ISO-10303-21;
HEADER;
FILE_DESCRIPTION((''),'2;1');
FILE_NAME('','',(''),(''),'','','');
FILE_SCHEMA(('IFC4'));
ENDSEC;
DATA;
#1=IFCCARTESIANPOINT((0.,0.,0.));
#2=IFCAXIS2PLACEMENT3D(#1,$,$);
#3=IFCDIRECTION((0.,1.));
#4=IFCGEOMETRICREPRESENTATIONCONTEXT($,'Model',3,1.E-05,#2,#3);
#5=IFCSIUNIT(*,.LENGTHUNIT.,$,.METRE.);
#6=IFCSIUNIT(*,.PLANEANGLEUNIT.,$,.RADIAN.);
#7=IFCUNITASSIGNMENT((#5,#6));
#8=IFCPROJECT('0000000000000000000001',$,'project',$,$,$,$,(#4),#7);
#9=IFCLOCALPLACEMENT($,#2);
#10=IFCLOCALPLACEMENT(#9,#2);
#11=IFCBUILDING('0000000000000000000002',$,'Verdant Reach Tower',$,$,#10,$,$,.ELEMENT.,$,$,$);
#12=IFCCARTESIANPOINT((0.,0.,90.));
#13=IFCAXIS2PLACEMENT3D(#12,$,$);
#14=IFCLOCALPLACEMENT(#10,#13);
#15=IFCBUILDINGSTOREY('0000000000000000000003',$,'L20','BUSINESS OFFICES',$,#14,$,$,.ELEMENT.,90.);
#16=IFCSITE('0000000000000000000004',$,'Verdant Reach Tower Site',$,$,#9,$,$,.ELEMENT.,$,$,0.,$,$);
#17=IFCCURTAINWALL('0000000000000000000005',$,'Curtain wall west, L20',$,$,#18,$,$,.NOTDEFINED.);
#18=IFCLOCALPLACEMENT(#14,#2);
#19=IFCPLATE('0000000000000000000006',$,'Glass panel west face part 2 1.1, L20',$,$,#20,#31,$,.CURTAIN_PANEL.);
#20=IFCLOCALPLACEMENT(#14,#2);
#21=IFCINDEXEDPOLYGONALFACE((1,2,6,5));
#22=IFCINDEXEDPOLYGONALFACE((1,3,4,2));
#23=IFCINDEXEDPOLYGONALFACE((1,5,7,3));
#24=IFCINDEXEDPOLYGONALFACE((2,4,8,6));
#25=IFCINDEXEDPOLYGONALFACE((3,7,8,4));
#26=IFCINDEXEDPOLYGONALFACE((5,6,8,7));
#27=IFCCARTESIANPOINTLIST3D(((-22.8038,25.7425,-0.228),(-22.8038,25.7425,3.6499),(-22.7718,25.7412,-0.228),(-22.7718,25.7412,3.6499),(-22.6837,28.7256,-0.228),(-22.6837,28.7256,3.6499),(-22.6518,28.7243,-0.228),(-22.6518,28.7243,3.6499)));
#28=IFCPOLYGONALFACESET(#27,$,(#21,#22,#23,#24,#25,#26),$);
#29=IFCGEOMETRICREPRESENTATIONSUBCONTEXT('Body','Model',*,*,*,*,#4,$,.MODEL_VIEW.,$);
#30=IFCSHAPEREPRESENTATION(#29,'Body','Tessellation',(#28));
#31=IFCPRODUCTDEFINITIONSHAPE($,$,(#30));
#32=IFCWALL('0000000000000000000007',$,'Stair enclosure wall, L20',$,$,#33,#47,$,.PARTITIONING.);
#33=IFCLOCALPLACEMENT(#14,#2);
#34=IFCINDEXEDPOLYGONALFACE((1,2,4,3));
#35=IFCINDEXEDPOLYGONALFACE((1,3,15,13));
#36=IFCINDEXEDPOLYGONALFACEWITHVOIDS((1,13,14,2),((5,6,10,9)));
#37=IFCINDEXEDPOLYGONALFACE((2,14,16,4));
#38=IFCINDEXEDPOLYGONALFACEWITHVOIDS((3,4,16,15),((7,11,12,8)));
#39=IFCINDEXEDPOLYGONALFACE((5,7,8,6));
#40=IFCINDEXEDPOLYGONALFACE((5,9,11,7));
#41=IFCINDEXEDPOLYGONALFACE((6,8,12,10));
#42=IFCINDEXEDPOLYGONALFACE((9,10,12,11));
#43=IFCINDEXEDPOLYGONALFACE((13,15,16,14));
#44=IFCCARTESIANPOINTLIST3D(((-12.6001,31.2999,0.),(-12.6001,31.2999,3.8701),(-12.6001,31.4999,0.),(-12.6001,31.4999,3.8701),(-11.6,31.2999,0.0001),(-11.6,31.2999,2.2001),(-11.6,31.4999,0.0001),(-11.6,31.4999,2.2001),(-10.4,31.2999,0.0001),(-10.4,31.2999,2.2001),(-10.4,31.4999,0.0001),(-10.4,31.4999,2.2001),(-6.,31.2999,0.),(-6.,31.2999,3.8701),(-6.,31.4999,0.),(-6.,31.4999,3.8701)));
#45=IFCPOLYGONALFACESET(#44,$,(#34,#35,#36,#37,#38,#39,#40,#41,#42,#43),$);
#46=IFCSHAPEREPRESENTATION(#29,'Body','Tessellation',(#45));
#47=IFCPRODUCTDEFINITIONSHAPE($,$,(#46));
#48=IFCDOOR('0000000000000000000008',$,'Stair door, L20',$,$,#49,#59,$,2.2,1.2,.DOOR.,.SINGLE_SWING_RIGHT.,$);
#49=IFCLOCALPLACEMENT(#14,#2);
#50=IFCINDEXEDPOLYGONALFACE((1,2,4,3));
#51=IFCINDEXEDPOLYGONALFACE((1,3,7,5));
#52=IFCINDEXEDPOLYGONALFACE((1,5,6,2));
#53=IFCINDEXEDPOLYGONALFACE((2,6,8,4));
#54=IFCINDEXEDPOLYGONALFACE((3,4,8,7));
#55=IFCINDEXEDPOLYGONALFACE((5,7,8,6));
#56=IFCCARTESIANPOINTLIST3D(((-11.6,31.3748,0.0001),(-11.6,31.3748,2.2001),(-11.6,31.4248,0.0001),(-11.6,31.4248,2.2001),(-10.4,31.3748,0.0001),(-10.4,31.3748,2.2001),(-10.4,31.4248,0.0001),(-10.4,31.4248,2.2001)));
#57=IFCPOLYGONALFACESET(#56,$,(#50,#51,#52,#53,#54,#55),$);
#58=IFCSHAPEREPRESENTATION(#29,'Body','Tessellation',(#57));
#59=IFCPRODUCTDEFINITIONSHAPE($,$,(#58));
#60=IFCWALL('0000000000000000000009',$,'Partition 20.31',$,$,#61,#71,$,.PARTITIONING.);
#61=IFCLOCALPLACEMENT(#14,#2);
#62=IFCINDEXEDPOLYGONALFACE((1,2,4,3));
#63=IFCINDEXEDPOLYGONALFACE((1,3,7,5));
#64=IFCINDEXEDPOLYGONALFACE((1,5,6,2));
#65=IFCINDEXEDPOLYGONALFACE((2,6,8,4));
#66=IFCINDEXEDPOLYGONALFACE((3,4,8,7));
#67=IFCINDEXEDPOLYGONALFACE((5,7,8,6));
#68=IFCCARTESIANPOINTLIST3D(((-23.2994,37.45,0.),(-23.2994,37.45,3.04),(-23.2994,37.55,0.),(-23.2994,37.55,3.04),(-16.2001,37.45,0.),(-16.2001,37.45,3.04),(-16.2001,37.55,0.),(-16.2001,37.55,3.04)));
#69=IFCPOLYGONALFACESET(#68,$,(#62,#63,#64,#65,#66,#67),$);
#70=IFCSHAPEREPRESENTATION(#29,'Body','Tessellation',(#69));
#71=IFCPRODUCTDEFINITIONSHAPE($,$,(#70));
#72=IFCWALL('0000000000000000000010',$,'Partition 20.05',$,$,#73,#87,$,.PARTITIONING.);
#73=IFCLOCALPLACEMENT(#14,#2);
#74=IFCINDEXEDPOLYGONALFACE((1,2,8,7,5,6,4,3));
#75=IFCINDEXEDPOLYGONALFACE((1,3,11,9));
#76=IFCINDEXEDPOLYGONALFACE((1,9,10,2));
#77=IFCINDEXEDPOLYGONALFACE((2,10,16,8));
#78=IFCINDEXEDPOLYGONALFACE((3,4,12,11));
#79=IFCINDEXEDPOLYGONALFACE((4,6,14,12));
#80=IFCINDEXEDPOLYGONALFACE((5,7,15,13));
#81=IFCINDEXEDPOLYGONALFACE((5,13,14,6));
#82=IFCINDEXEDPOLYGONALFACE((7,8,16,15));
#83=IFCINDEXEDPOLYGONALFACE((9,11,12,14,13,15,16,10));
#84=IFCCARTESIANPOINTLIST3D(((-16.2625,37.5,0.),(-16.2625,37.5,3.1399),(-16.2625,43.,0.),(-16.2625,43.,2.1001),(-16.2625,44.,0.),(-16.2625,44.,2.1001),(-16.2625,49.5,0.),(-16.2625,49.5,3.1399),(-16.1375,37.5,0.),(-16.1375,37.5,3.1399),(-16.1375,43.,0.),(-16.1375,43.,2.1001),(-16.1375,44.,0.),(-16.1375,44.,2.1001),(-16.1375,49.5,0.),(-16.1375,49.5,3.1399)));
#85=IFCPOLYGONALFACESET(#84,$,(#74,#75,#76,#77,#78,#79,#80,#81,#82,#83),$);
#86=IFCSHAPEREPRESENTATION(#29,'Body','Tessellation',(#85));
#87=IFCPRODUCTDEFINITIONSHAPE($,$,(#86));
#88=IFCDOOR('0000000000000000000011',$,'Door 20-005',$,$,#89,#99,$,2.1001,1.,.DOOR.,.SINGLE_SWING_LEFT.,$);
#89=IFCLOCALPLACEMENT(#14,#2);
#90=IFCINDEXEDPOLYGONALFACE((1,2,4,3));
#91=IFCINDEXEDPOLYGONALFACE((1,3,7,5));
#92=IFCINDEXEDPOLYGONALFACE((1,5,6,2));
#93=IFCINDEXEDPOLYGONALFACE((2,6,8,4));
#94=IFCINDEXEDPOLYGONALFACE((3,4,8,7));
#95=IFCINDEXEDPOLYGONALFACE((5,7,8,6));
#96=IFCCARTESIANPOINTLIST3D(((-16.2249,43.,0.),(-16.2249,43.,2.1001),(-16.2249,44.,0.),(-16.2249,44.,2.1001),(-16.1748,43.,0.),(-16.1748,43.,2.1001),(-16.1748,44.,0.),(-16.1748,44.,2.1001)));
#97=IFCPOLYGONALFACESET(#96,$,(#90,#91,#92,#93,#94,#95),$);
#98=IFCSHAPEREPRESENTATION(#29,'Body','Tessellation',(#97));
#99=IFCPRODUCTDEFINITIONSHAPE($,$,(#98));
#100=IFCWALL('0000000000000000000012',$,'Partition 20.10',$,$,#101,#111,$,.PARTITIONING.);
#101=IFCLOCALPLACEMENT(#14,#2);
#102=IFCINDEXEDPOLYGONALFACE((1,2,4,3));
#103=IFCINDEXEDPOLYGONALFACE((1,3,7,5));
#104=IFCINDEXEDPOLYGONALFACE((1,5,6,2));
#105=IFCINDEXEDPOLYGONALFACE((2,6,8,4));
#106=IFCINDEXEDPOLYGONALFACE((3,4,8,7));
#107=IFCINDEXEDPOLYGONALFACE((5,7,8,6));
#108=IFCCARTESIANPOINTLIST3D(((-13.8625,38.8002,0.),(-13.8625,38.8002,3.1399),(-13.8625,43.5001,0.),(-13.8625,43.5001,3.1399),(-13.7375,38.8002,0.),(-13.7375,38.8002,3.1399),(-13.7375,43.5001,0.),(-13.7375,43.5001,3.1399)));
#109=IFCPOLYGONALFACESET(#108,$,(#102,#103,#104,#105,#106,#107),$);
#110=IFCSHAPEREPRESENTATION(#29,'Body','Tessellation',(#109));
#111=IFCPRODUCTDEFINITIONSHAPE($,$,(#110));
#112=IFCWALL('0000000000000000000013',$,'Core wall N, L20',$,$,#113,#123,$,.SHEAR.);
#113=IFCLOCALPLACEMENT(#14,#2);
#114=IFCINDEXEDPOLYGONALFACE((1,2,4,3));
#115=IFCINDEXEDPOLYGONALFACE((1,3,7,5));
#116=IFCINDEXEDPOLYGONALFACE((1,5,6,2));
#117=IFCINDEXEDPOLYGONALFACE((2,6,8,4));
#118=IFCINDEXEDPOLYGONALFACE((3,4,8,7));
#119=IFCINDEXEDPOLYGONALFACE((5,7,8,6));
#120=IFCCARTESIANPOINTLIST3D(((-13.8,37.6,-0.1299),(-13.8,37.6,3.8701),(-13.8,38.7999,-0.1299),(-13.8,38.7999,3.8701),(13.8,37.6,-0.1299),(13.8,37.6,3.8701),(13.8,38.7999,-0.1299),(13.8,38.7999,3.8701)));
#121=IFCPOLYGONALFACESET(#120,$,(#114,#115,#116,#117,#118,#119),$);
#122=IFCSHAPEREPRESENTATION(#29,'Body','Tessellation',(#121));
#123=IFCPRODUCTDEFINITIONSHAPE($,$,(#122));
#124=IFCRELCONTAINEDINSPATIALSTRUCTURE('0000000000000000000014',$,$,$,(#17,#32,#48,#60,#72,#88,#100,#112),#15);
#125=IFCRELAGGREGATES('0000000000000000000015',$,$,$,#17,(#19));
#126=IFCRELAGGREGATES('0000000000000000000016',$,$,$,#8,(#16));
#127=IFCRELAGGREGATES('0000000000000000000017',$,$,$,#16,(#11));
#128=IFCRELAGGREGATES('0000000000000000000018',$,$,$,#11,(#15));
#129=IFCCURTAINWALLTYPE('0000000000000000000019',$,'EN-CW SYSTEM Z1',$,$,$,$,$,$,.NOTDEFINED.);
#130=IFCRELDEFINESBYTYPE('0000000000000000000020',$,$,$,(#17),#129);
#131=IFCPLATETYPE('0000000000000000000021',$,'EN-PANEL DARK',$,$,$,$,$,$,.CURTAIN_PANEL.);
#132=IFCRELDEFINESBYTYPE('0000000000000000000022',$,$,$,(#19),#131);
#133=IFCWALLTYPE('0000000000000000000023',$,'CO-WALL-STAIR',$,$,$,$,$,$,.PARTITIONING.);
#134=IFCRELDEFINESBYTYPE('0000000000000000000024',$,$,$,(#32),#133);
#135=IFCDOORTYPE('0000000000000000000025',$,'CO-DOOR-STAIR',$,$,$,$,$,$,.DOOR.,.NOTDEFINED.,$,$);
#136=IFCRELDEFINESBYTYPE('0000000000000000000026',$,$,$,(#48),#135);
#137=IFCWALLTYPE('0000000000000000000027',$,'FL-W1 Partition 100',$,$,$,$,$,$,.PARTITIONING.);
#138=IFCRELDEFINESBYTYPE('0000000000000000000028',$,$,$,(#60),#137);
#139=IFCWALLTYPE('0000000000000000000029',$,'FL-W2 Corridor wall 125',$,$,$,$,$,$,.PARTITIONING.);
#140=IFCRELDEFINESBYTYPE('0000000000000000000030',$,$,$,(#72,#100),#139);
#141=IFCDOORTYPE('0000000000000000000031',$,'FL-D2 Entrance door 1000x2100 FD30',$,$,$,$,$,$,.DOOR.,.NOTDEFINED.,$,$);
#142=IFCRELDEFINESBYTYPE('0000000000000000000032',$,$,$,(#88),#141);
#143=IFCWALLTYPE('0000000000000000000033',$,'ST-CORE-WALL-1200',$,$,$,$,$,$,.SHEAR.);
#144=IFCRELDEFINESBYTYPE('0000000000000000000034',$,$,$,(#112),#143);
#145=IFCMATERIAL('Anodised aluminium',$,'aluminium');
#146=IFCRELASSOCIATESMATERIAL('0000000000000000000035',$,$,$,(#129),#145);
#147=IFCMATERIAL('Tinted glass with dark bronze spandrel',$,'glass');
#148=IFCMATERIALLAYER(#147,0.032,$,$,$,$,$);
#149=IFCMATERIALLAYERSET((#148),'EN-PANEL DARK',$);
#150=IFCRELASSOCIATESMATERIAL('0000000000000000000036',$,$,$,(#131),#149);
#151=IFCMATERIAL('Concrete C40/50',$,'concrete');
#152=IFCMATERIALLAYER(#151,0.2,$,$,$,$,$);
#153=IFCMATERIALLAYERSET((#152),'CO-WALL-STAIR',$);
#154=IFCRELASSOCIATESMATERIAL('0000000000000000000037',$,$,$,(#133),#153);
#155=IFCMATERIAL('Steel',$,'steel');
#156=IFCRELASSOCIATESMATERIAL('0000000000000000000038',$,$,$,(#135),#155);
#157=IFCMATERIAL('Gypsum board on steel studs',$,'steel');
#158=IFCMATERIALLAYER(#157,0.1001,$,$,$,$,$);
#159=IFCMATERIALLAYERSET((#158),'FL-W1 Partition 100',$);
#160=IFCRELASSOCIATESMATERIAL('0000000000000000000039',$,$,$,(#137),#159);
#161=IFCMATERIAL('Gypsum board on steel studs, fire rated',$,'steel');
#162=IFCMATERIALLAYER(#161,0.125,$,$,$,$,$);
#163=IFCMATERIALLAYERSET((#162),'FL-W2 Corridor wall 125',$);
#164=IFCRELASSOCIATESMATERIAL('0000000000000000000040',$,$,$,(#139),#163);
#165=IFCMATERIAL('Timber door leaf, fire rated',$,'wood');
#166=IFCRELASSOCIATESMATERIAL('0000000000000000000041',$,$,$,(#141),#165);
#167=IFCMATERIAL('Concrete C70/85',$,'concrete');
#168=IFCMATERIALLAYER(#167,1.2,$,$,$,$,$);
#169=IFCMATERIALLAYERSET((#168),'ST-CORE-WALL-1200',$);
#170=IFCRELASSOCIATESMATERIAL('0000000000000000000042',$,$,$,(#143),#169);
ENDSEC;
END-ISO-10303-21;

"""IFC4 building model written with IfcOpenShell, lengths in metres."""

from ifc_helpers import new_model, si_unit, direction, frame, frame_2d, origin, origin_2d, place, context, subcontext, project, spatial, rectangle, extrude, material, layer, layer_set, type_object, element, fill, aggregate, save


model = new_model("IFC4")

# Units and contexts
model_context = context("Model", 3, precision=1e-05, world=origin(), true_north=direction((0.0, 1.0)))
body_context = subcontext(model_context, "Body", "Model", "MODEL_VIEW")
ifc_project = project(units=[si_unit("LENGTHUNIT", "METRE"), si_unit("PLANEANGLEUNIT", "RADIAN")], contexts=[model_context])

# Site, building, storey
site_placement = place(None, origin())
site = spatial("IfcSite", under=ifc_project, at=site_placement, Name="Verdant Reach Tower Site", CompositionType="ELEMENT", RefElevation=0.0)
building_placement = place(site_placement, origin())
building = spatial("IfcBuilding", under=site, at=building_placement, Name="Verdant Reach Tower", CompositionType="ELEMENT")
storey_placement = place(building_placement, frame((0.0, 0.0, 90.0)))
storey = spatial("IfcBuildingStorey", under=building, at=storey_placement, Name="L20", Description="BUSINESS OFFICES", CompositionType="ELEMENT", Elevation=90.0)

# Curtain wall
ifc_material_1 = material(Name="Anodised aluminium", Category="aluminium")
curtain_wall_type = type_object("IfcCurtainWallType", Name="EN-CW SYSTEM Z1", PredefinedType="NOTDEFINED", material=ifc_material_1)
curtain_wall_placement = place(storey_placement, origin())
curtain_wall = element("IfcCurtainWall", 1, at=curtain_wall_placement, inside=storey, type_object=curtain_wall_type, Name="Curtain wall west, L20", PredefinedType="NOTDEFINED")

# Plate
ifc_material_2 = material(Name="Tinted glass with dark bronze spandrel", Category="glass")
ifc_layer_1 = layer(ifc_material_2, 0.032)
ifc_layer_set_1 = layer_set([ifc_layer_1], Name="EN-PANEL DARK")
plate_type_1 = type_object("IfcPlateType", Name="EN-PANEL DARK", PredefinedType="CURTAIN_PANEL", material=ifc_layer_set_1)
plate_1_placement = place(storey_placement, frame((-22.7278, 27.2334, -0.228), z_axis=(0.0, 0.0, 1.0), x_axis=(-0.040222, -0.999191, 0.0)))
plate_1 = element("IfcPlate", 2, at=plate_1_placement, type_object=plate_type_1, Name="Glass panel west face part 2 1.1, L20", PredefinedType="CURTAIN_PANEL", context=body_context, shape_type="SweptSolid", body=[
    extrude(rectangle(XDim=2.9856, YDim=0.032, at=origin_2d()), origin(), (0.0, 0.0, 1.0), 3.8779),
])
aggregate(curtain_wall, [plate_1])

# Wall, opening, door
ifc_material_3 = material(Name="Concrete C40/50", Category="concrete")
ifc_layer_2 = layer(ifc_material_3, 0.2)
ifc_layer_set_2 = layer_set([ifc_layer_2], Name="CO-WALL-STAIR")
wall_type_1 = type_object("IfcWallType", Name="CO-WALL-STAIR", PredefinedType="PARTITIONING", material=ifc_layer_set_2)
wall_1_placement = place(storey_placement, frame((-12.6001, 31.3999, 0.0), z_axis=(0.0, 0.0, 1.0), x_axis=(1.0, 0.0, 0.0)))
wall_1 = element("IfcWall", 3, at=wall_1_placement, inside=storey, type_object=wall_type_1, Name="Stair enclosure wall, L20", PredefinedType="PARTITIONING", context=body_context, shape_type="SweptSolid", body=[
    extrude(rectangle(XDim=6.6001, YDim=0.2, at=frame_2d((3.3, 0.0))), origin(), (0.0, 0.0, 1.0), 3.8701),
])
opening_1_placement = place(wall_1_placement, frame((1.0, 0.0, 0.0)))
opening_1 = element("IfcOpeningElement", 4, at=opening_1_placement, cuts=wall_1, PredefinedType="OPENING", context=body_context, shape_type="SweptSolid", body=[
    extrude(rectangle(XDim=1.2, YDim=2.2, at=frame_2d((0.6001, 1.1001))), frame((0.0, 0.1099, 0.0), z_axis=(0.0, -1.0, 0.0), x_axis=(1.0, 0.0, 0.0)), (0.0, 0.0, 1.0), 0.22),
])
ifc_material_4 = material(Name="Steel", Category="steel")
door_type_1 = type_object("IfcDoorType", Name="CO-DOOR-STAIR", OperationType="NOTDEFINED", PredefinedType="DOOR", material=ifc_material_4)
door_1_placement = place(opening_1_placement, origin())
door_1 = element("IfcDoor", 5, at=door_1_placement, inside=storey, type_object=door_type_1, Name="Stair door, L20", OperationType="SINGLE_SWING_RIGHT", OverallHeight=2.2, OverallWidth=1.2, PredefinedType="DOOR", context=body_context, shape_type="SweptSolid", body=[
    extrude(rectangle(XDim=1.2, YDim=2.2, at=frame_2d((0.6001, 1.1001))), frame((0.0, 0.0249, 0.0), z_axis=(0.0, -1.0, 0.0), x_axis=(1.0, 0.0, 0.0)), (0.0, 0.0, 1.0), 0.05),
])
fill(opening_1, door_1)

# Wall
ifc_material_5 = material(Name="Gypsum board on steel studs", Category="steel")
ifc_layer_3 = layer(ifc_material_5, 0.1001)
ifc_layer_set_3 = layer_set([ifc_layer_3], Name="FL-W1 Partition 100")
wall_type_2 = type_object("IfcWallType", Name="FL-W1 Partition 100", PredefinedType="PARTITIONING", material=ifc_layer_set_3)
wall_2_placement = place(storey_placement, frame((-16.2, 37.5, 0.0), z_axis=(0.0, 0.0, 1.0), x_axis=(-1.0, 0.0, 0.0)))
element("IfcWall", 6, at=wall_2_placement, inside=storey, type_object=wall_type_2, Name="Partition 20.31", PredefinedType="PARTITIONING", context=body_context, shape_type="SweptSolid", body=[
    extrude(rectangle(XDim=7.0994, YDim=0.1001, at=frame_2d((3.5498, 0.0))), origin(), (0.0, 0.0, 1.0), 3.04),
])

# Wall, opening, door
ifc_material_6 = material(Name="Gypsum board on steel studs, fire rated", Category="steel")
ifc_layer_4 = layer(ifc_material_6, 0.125)
ifc_layer_set_4 = layer_set([ifc_layer_4], Name="FL-W2 Corridor wall 125")
wall_type_3 = type_object("IfcWallType", Name="FL-W2 Corridor wall 125", PredefinedType="PARTITIONING", material=ifc_layer_set_4)
wall_3_placement = place(storey_placement, frame((-16.2, 37.5, 0.0), z_axis=(0.0, 0.0, 1.0), x_axis=(0.0, 1.0, 0.0)))
wall_3 = element("IfcWall", 7, at=wall_3_placement, inside=storey, type_object=wall_type_3, Name="Partition 20.05", PredefinedType="PARTITIONING", context=body_context, shape_type="SweptSolid", body=[
    extrude(rectangle(XDim=12.0, YDim=0.125, at=frame_2d((6.0, 0.0))), origin(), (0.0, 0.0, 1.0), 3.1399),
])
opening_2_placement = place(wall_3_placement, frame((5.5, 0.0, 0.0)))
opening_2 = element("IfcOpeningElement", 8, at=opening_2_placement, cuts=wall_3, PredefinedType="OPENING", context=body_context, shape_type="SweptSolid", body=[
    extrude(rectangle(XDim=1.0, YDim=2.1001, at=frame_2d((0.5, 1.05))), frame((0.0, 0.0725, 0.0), z_axis=(0.0, -1.0, 0.0), x_axis=(1.0, 0.0, 0.0)), (0.0, 0.0, 1.0), 0.145),
])
ifc_material_7 = material(Name="Timber door leaf, fire rated", Category="wood")
door_type_2 = type_object("IfcDoorType", Name="FL-D2 Entrance door 1000x2100 FD30", OperationType="NOTDEFINED", PredefinedType="DOOR", material=ifc_material_7)
door_2_placement = place(opening_2_placement, origin())
door_2 = element("IfcDoor", 9, at=door_2_placement, inside=storey, type_object=door_type_2, Name="Door 20-005", OperationType="SINGLE_SWING_LEFT", OverallHeight=2.1001, OverallWidth=1.0, PredefinedType="DOOR", context=body_context, shape_type="SweptSolid", body=[
    extrude(rectangle(XDim=1.0, YDim=2.1001, at=frame_2d((0.5, 1.05))), frame((0.0, 0.0249, 0.0), z_axis=(0.0, -1.0, 0.0), x_axis=(1.0, 0.0, 0.0)), (0.0, 0.0, 1.0), 0.05),
])
fill(opening_2, door_2)

# Walls
wall_4_placement = place(storey_placement, frame((-13.8, 38.8, 0.0), z_axis=(0.0, 0.0, 1.0), x_axis=(0.0, 1.0, 0.0)))
element("IfcWall", 10, at=wall_4_placement, inside=storey, type_object=wall_type_3, Name="Partition 20.10", PredefinedType="PARTITIONING", context=body_context, shape_type="SweptSolid", body=[
    extrude(rectangle(XDim=4.7, YDim=0.125, at=frame_2d((2.3501, 0.0))), origin(), (0.0, 0.0, 1.0), 3.1399),
])
ifc_material_8 = material(Name="Concrete C70/85", Category="concrete")
ifc_layer_5 = layer(ifc_material_8, 1.2)
ifc_layer_set_5 = layer_set([ifc_layer_5], Name="ST-CORE-WALL-1200")
wall_type_4 = type_object("IfcWallType", Name="ST-CORE-WALL-1200", PredefinedType="SHEAR", material=ifc_layer_set_5)
wall_5_placement = place(storey_placement, frame((-13.8, 38.2, -0.1299), z_axis=(0.0, 0.0, 1.0), x_axis=(1.0, 0.0, 0.0)))
element("IfcWall", 11, at=wall_5_placement, inside=storey, type_object=wall_type_4, Name="Core wall N, L20", PredefinedType="SHEAR", context=body_context, shape_type="SweptSolid", body=[
    extrude(rectangle(XDim=27.6001, YDim=1.2, at=frame_2d((13.8, 0.0))), origin(), (0.0, 0.0, 1.0), 4.0),
])

save(model, "model.ifc")
